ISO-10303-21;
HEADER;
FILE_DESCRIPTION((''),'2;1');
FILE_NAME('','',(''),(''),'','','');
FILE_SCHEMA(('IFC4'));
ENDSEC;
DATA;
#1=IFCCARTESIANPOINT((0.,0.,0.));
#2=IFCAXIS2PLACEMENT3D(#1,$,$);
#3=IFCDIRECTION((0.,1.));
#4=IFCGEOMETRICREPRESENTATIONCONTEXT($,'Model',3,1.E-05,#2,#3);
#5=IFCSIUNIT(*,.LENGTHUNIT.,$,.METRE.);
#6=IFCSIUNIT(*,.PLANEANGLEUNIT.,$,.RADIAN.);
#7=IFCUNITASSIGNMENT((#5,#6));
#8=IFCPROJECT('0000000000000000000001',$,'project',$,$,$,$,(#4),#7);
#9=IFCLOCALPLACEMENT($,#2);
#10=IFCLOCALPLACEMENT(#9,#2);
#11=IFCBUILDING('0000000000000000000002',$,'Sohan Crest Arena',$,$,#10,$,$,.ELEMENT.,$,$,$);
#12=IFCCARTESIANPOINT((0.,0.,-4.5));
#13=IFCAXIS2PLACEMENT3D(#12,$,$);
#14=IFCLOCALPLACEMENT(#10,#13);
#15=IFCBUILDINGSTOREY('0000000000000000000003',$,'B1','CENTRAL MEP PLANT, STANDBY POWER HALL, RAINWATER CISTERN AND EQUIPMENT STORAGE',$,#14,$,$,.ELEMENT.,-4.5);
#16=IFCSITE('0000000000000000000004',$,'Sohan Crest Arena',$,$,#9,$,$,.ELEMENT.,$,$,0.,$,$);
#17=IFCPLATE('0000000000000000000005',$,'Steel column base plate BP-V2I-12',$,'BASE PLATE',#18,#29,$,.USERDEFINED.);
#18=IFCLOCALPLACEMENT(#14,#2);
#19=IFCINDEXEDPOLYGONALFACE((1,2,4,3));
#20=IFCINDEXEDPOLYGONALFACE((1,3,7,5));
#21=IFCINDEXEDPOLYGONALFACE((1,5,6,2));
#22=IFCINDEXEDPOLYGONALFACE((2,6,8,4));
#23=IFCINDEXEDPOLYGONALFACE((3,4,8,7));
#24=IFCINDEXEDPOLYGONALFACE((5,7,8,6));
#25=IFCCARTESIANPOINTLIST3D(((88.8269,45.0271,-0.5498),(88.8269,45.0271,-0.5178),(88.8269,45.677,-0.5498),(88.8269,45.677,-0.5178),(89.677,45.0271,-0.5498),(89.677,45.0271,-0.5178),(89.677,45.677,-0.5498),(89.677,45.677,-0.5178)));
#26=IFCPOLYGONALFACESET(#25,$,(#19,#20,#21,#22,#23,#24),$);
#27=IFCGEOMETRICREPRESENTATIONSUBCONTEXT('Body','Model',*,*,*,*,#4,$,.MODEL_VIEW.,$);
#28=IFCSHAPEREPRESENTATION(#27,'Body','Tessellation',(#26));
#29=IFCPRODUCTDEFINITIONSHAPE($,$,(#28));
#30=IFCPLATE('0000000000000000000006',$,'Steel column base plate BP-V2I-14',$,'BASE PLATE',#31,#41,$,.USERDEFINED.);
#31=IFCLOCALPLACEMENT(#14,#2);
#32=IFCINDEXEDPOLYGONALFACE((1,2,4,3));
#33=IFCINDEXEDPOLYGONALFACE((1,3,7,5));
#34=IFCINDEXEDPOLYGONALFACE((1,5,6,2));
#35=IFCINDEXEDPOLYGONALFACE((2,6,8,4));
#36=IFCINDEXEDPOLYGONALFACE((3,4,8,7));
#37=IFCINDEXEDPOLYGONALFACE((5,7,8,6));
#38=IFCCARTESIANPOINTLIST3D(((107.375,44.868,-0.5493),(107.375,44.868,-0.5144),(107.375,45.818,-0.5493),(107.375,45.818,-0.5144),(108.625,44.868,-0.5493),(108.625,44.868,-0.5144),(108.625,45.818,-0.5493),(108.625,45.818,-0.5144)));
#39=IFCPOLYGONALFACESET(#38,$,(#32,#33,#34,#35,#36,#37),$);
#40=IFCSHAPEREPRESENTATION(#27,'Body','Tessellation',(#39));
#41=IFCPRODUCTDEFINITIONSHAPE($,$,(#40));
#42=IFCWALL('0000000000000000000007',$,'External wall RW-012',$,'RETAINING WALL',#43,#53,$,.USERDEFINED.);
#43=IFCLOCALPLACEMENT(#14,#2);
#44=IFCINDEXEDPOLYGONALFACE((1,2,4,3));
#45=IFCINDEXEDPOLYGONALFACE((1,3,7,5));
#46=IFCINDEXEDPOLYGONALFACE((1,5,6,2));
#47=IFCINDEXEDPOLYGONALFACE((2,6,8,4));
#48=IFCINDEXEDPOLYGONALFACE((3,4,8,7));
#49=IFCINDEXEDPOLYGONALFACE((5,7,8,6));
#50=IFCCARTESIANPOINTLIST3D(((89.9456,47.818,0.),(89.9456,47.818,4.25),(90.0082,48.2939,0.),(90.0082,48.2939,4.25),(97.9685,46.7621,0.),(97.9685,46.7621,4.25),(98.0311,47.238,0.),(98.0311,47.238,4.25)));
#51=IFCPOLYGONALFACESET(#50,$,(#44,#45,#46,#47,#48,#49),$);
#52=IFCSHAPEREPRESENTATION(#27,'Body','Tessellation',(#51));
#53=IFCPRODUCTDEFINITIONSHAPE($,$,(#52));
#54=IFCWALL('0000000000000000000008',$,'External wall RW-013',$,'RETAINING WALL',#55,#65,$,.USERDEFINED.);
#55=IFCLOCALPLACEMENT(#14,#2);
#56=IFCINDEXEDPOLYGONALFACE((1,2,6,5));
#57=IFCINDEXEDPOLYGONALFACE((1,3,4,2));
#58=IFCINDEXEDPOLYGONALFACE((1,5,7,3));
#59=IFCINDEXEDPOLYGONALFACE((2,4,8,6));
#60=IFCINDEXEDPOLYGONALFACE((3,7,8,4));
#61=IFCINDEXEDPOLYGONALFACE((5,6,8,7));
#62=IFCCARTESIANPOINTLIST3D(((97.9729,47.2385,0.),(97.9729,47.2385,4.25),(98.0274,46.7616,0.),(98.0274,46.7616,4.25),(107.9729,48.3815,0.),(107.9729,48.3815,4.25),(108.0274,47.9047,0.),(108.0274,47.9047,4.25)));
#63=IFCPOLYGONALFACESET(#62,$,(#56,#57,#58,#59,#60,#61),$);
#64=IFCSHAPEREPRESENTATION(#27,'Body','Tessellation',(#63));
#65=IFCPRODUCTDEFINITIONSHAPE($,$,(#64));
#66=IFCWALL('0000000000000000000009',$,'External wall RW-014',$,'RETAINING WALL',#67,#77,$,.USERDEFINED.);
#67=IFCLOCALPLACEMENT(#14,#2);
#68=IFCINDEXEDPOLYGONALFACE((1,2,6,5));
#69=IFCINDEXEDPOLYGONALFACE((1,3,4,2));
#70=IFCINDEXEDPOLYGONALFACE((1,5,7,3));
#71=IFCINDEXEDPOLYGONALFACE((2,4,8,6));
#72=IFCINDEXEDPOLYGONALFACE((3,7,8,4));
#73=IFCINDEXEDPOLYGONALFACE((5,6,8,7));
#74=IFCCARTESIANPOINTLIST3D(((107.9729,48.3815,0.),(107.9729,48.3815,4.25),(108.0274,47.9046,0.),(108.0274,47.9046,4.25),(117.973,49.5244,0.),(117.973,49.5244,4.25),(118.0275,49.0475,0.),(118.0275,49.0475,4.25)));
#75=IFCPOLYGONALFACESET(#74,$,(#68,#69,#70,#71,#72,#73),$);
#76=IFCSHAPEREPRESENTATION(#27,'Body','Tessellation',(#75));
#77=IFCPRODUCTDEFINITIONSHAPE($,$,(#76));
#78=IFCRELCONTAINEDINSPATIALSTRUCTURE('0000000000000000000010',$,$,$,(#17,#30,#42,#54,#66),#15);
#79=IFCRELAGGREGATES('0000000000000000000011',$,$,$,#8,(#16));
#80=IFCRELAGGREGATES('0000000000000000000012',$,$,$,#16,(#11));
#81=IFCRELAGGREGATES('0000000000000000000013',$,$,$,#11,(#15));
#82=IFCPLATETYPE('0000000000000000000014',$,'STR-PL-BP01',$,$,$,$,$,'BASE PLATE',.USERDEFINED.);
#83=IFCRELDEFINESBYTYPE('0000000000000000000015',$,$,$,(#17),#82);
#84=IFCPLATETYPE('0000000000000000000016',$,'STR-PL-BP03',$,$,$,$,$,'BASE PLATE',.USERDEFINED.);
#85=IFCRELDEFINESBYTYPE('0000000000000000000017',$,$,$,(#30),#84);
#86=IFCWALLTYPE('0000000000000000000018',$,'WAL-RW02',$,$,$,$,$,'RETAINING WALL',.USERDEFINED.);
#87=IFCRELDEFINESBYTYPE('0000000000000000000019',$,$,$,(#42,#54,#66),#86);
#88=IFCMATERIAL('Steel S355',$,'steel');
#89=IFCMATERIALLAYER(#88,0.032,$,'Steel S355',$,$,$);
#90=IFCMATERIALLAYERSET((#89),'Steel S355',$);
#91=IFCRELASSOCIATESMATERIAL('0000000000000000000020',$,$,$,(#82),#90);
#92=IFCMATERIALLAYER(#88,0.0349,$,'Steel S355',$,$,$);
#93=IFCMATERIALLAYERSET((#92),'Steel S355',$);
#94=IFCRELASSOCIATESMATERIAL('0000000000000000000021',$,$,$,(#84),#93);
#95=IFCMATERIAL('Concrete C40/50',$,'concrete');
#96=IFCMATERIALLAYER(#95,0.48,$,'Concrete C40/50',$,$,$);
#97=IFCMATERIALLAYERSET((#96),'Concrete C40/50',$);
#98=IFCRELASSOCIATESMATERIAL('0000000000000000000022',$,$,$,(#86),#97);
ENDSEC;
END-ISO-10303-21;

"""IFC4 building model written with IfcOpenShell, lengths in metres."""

from ifc_helpers import new_model, si_unit, direction, frame, frame_2d, origin, origin_2d, place, context, subcontext, project, spatial, rectangle, extrude, material, layer, layer_set, type_object, element, save


model = new_model("IFC4")

# Units and contexts
model_context = context("Model", 3, precision=1e-05, world=origin(), true_north=direction((0.0, 1.0)))
body_context = subcontext(model_context, "Body", "Model", "MODEL_VIEW")
ifc_project = project(units=[si_unit("LENGTHUNIT", "METRE"), si_unit("PLANEANGLEUNIT", "RADIAN")], contexts=[model_context])

# Site, building, storey
site_placement = place(None, origin())
site = spatial("IfcSite", under=ifc_project, at=site_placement, Name="Sohan Crest Arena", CompositionType="ELEMENT", RefElevation=0.0)
building_placement = place(site_placement, origin())
building = spatial("IfcBuilding", under=site, at=building_placement, Name="Sohan Crest Arena", CompositionType="ELEMENT")
storey_placement = place(building_placement, frame((0.0, 0.0, -4.5)))
storey = spatial("IfcBuildingStorey", under=building, at=storey_placement, Name="B1", Description="CENTRAL MEP PLANT, STANDBY POWER HALL, RAINWATER CISTERN AND EQUIPMENT STORAGE", CompositionType="ELEMENT", Elevation=-4.5)

# Shared definitions
ifc_material_1 = material(Name="Concrete C40/50", Category="concrete")

# Shared definitions
ifc_material_2 = material(Name="Steel S355", Category="steel")

# Plates
ifc_layer_1 = layer(ifc_material_2, 0.032, Name="Steel S355")
ifc_layer_set_1 = layer_set([ifc_layer_1], Name="Steel S355")
plate_type_1 = type_object("IfcPlateType", Name="STR-PL-BP01", ElementType="BASE PLATE", PredefinedType="USERDEFINED", material=ifc_layer_set_1)
plate_1_placement = place(storey_placement, frame((89.252, 45.3521, -0.5498), z_axis=(0.0, 0.0, 1.0), x_axis=(1.0, 0.0, 0.0)))
element("IfcPlate", 1, at=plate_1_placement, inside=storey, type_object=plate_type_1, Name="Steel column base plate BP-V2I-12", ObjectType="BASE PLATE", PredefinedType="USERDEFINED", context=body_context, shape_type="SweptSolid", body=[
    extrude(rectangle(XDim=0.8501, YDim=0.6499, at=origin_2d()), origin(), (0.0, 0.0, 1.0), 0.032),
])
ifc_layer_2 = layer(ifc_material_2, 0.0349, Name="Steel S355")
ifc_layer_set_2 = layer_set([ifc_layer_2], Name="Steel S355")
plate_type_2 = type_object("IfcPlateType", Name="STR-PL-BP03", ElementType="BASE PLATE", PredefinedType="USERDEFINED", material=ifc_layer_set_2)
plate_2_placement = place(storey_placement, frame((108.0, 45.343, -0.5493), z_axis=(0.0, 0.0, 1.0), x_axis=(1.0, 0.0, 0.0)))
element("IfcPlate", 2, at=plate_2_placement, inside=storey, type_object=plate_type_2, Name="Steel column base plate BP-V2I-14", ObjectType="BASE PLATE", PredefinedType="USERDEFINED", context=body_context, shape_type="SweptSolid", body=[
    extrude(rectangle(XDim=1.25, YDim=0.95, at=origin_2d()), origin(), (0.0, 0.0, 1.0), 0.0349),
])

# Walls
ifc_layer_3 = layer(ifc_material_1, 0.48, Name="Concrete C40/50")
ifc_layer_set_3 = layer_set([ifc_layer_3], Name="Concrete C40/50")
wall_type = type_object("IfcWallType", Name="WAL-RW02", ElementType="RETAINING WALL", PredefinedType="USERDEFINED", material=ifc_layer_set_3)
wall_placement = place(storey_placement, frame((89.9771, 48.0559, 0.0), z_axis=(0.0, 0.0, 1.0), x_axis=(0.99145, -0.130486, 0.0)))
element("IfcWall", 3, at=wall_placement, inside=storey, type_object=wall_type, Name="External wall RW-012", ObjectType="RETAINING WALL", PredefinedType="USERDEFINED", context=body_context, shape_type="SweptSolid", body=[
    extrude(rectangle(XDim=8.092, YDim=0.48, at=frame_2d((4.0459, 0.0))), origin(), (0.0, 0.0, 1.0), 4.25),
])
for number, where, z_axis, x_axis, name in (
    (4, (98.0, 47.0, 0.0), (0.0, 0.0, 1.0), (0.99353, 0.113567, 0.0), "External wall RW-013"),
    (5, (108.0, 48.1431, 0.0), (0.0, 0.0, 1.0), (0.993533, 0.113543, 0.0), "External wall RW-014"),
):
    element("IfcWall", number, at=place(storey_placement, frame(where, z_axis=z_axis, x_axis=x_axis)), inside=storey, type_object=wall_type, Name=name, ObjectType="RETAINING WALL", PredefinedType="USERDEFINED", context=body_context, shape_type="SweptSolid", body=[
        extrude(rectangle(XDim=10.0652, YDim=0.48, at=frame_2d((5.0327, 0.0))), origin(), (0.0, 0.0, 1.0), 4.25),
    ])

save(model, "model.ifc")
